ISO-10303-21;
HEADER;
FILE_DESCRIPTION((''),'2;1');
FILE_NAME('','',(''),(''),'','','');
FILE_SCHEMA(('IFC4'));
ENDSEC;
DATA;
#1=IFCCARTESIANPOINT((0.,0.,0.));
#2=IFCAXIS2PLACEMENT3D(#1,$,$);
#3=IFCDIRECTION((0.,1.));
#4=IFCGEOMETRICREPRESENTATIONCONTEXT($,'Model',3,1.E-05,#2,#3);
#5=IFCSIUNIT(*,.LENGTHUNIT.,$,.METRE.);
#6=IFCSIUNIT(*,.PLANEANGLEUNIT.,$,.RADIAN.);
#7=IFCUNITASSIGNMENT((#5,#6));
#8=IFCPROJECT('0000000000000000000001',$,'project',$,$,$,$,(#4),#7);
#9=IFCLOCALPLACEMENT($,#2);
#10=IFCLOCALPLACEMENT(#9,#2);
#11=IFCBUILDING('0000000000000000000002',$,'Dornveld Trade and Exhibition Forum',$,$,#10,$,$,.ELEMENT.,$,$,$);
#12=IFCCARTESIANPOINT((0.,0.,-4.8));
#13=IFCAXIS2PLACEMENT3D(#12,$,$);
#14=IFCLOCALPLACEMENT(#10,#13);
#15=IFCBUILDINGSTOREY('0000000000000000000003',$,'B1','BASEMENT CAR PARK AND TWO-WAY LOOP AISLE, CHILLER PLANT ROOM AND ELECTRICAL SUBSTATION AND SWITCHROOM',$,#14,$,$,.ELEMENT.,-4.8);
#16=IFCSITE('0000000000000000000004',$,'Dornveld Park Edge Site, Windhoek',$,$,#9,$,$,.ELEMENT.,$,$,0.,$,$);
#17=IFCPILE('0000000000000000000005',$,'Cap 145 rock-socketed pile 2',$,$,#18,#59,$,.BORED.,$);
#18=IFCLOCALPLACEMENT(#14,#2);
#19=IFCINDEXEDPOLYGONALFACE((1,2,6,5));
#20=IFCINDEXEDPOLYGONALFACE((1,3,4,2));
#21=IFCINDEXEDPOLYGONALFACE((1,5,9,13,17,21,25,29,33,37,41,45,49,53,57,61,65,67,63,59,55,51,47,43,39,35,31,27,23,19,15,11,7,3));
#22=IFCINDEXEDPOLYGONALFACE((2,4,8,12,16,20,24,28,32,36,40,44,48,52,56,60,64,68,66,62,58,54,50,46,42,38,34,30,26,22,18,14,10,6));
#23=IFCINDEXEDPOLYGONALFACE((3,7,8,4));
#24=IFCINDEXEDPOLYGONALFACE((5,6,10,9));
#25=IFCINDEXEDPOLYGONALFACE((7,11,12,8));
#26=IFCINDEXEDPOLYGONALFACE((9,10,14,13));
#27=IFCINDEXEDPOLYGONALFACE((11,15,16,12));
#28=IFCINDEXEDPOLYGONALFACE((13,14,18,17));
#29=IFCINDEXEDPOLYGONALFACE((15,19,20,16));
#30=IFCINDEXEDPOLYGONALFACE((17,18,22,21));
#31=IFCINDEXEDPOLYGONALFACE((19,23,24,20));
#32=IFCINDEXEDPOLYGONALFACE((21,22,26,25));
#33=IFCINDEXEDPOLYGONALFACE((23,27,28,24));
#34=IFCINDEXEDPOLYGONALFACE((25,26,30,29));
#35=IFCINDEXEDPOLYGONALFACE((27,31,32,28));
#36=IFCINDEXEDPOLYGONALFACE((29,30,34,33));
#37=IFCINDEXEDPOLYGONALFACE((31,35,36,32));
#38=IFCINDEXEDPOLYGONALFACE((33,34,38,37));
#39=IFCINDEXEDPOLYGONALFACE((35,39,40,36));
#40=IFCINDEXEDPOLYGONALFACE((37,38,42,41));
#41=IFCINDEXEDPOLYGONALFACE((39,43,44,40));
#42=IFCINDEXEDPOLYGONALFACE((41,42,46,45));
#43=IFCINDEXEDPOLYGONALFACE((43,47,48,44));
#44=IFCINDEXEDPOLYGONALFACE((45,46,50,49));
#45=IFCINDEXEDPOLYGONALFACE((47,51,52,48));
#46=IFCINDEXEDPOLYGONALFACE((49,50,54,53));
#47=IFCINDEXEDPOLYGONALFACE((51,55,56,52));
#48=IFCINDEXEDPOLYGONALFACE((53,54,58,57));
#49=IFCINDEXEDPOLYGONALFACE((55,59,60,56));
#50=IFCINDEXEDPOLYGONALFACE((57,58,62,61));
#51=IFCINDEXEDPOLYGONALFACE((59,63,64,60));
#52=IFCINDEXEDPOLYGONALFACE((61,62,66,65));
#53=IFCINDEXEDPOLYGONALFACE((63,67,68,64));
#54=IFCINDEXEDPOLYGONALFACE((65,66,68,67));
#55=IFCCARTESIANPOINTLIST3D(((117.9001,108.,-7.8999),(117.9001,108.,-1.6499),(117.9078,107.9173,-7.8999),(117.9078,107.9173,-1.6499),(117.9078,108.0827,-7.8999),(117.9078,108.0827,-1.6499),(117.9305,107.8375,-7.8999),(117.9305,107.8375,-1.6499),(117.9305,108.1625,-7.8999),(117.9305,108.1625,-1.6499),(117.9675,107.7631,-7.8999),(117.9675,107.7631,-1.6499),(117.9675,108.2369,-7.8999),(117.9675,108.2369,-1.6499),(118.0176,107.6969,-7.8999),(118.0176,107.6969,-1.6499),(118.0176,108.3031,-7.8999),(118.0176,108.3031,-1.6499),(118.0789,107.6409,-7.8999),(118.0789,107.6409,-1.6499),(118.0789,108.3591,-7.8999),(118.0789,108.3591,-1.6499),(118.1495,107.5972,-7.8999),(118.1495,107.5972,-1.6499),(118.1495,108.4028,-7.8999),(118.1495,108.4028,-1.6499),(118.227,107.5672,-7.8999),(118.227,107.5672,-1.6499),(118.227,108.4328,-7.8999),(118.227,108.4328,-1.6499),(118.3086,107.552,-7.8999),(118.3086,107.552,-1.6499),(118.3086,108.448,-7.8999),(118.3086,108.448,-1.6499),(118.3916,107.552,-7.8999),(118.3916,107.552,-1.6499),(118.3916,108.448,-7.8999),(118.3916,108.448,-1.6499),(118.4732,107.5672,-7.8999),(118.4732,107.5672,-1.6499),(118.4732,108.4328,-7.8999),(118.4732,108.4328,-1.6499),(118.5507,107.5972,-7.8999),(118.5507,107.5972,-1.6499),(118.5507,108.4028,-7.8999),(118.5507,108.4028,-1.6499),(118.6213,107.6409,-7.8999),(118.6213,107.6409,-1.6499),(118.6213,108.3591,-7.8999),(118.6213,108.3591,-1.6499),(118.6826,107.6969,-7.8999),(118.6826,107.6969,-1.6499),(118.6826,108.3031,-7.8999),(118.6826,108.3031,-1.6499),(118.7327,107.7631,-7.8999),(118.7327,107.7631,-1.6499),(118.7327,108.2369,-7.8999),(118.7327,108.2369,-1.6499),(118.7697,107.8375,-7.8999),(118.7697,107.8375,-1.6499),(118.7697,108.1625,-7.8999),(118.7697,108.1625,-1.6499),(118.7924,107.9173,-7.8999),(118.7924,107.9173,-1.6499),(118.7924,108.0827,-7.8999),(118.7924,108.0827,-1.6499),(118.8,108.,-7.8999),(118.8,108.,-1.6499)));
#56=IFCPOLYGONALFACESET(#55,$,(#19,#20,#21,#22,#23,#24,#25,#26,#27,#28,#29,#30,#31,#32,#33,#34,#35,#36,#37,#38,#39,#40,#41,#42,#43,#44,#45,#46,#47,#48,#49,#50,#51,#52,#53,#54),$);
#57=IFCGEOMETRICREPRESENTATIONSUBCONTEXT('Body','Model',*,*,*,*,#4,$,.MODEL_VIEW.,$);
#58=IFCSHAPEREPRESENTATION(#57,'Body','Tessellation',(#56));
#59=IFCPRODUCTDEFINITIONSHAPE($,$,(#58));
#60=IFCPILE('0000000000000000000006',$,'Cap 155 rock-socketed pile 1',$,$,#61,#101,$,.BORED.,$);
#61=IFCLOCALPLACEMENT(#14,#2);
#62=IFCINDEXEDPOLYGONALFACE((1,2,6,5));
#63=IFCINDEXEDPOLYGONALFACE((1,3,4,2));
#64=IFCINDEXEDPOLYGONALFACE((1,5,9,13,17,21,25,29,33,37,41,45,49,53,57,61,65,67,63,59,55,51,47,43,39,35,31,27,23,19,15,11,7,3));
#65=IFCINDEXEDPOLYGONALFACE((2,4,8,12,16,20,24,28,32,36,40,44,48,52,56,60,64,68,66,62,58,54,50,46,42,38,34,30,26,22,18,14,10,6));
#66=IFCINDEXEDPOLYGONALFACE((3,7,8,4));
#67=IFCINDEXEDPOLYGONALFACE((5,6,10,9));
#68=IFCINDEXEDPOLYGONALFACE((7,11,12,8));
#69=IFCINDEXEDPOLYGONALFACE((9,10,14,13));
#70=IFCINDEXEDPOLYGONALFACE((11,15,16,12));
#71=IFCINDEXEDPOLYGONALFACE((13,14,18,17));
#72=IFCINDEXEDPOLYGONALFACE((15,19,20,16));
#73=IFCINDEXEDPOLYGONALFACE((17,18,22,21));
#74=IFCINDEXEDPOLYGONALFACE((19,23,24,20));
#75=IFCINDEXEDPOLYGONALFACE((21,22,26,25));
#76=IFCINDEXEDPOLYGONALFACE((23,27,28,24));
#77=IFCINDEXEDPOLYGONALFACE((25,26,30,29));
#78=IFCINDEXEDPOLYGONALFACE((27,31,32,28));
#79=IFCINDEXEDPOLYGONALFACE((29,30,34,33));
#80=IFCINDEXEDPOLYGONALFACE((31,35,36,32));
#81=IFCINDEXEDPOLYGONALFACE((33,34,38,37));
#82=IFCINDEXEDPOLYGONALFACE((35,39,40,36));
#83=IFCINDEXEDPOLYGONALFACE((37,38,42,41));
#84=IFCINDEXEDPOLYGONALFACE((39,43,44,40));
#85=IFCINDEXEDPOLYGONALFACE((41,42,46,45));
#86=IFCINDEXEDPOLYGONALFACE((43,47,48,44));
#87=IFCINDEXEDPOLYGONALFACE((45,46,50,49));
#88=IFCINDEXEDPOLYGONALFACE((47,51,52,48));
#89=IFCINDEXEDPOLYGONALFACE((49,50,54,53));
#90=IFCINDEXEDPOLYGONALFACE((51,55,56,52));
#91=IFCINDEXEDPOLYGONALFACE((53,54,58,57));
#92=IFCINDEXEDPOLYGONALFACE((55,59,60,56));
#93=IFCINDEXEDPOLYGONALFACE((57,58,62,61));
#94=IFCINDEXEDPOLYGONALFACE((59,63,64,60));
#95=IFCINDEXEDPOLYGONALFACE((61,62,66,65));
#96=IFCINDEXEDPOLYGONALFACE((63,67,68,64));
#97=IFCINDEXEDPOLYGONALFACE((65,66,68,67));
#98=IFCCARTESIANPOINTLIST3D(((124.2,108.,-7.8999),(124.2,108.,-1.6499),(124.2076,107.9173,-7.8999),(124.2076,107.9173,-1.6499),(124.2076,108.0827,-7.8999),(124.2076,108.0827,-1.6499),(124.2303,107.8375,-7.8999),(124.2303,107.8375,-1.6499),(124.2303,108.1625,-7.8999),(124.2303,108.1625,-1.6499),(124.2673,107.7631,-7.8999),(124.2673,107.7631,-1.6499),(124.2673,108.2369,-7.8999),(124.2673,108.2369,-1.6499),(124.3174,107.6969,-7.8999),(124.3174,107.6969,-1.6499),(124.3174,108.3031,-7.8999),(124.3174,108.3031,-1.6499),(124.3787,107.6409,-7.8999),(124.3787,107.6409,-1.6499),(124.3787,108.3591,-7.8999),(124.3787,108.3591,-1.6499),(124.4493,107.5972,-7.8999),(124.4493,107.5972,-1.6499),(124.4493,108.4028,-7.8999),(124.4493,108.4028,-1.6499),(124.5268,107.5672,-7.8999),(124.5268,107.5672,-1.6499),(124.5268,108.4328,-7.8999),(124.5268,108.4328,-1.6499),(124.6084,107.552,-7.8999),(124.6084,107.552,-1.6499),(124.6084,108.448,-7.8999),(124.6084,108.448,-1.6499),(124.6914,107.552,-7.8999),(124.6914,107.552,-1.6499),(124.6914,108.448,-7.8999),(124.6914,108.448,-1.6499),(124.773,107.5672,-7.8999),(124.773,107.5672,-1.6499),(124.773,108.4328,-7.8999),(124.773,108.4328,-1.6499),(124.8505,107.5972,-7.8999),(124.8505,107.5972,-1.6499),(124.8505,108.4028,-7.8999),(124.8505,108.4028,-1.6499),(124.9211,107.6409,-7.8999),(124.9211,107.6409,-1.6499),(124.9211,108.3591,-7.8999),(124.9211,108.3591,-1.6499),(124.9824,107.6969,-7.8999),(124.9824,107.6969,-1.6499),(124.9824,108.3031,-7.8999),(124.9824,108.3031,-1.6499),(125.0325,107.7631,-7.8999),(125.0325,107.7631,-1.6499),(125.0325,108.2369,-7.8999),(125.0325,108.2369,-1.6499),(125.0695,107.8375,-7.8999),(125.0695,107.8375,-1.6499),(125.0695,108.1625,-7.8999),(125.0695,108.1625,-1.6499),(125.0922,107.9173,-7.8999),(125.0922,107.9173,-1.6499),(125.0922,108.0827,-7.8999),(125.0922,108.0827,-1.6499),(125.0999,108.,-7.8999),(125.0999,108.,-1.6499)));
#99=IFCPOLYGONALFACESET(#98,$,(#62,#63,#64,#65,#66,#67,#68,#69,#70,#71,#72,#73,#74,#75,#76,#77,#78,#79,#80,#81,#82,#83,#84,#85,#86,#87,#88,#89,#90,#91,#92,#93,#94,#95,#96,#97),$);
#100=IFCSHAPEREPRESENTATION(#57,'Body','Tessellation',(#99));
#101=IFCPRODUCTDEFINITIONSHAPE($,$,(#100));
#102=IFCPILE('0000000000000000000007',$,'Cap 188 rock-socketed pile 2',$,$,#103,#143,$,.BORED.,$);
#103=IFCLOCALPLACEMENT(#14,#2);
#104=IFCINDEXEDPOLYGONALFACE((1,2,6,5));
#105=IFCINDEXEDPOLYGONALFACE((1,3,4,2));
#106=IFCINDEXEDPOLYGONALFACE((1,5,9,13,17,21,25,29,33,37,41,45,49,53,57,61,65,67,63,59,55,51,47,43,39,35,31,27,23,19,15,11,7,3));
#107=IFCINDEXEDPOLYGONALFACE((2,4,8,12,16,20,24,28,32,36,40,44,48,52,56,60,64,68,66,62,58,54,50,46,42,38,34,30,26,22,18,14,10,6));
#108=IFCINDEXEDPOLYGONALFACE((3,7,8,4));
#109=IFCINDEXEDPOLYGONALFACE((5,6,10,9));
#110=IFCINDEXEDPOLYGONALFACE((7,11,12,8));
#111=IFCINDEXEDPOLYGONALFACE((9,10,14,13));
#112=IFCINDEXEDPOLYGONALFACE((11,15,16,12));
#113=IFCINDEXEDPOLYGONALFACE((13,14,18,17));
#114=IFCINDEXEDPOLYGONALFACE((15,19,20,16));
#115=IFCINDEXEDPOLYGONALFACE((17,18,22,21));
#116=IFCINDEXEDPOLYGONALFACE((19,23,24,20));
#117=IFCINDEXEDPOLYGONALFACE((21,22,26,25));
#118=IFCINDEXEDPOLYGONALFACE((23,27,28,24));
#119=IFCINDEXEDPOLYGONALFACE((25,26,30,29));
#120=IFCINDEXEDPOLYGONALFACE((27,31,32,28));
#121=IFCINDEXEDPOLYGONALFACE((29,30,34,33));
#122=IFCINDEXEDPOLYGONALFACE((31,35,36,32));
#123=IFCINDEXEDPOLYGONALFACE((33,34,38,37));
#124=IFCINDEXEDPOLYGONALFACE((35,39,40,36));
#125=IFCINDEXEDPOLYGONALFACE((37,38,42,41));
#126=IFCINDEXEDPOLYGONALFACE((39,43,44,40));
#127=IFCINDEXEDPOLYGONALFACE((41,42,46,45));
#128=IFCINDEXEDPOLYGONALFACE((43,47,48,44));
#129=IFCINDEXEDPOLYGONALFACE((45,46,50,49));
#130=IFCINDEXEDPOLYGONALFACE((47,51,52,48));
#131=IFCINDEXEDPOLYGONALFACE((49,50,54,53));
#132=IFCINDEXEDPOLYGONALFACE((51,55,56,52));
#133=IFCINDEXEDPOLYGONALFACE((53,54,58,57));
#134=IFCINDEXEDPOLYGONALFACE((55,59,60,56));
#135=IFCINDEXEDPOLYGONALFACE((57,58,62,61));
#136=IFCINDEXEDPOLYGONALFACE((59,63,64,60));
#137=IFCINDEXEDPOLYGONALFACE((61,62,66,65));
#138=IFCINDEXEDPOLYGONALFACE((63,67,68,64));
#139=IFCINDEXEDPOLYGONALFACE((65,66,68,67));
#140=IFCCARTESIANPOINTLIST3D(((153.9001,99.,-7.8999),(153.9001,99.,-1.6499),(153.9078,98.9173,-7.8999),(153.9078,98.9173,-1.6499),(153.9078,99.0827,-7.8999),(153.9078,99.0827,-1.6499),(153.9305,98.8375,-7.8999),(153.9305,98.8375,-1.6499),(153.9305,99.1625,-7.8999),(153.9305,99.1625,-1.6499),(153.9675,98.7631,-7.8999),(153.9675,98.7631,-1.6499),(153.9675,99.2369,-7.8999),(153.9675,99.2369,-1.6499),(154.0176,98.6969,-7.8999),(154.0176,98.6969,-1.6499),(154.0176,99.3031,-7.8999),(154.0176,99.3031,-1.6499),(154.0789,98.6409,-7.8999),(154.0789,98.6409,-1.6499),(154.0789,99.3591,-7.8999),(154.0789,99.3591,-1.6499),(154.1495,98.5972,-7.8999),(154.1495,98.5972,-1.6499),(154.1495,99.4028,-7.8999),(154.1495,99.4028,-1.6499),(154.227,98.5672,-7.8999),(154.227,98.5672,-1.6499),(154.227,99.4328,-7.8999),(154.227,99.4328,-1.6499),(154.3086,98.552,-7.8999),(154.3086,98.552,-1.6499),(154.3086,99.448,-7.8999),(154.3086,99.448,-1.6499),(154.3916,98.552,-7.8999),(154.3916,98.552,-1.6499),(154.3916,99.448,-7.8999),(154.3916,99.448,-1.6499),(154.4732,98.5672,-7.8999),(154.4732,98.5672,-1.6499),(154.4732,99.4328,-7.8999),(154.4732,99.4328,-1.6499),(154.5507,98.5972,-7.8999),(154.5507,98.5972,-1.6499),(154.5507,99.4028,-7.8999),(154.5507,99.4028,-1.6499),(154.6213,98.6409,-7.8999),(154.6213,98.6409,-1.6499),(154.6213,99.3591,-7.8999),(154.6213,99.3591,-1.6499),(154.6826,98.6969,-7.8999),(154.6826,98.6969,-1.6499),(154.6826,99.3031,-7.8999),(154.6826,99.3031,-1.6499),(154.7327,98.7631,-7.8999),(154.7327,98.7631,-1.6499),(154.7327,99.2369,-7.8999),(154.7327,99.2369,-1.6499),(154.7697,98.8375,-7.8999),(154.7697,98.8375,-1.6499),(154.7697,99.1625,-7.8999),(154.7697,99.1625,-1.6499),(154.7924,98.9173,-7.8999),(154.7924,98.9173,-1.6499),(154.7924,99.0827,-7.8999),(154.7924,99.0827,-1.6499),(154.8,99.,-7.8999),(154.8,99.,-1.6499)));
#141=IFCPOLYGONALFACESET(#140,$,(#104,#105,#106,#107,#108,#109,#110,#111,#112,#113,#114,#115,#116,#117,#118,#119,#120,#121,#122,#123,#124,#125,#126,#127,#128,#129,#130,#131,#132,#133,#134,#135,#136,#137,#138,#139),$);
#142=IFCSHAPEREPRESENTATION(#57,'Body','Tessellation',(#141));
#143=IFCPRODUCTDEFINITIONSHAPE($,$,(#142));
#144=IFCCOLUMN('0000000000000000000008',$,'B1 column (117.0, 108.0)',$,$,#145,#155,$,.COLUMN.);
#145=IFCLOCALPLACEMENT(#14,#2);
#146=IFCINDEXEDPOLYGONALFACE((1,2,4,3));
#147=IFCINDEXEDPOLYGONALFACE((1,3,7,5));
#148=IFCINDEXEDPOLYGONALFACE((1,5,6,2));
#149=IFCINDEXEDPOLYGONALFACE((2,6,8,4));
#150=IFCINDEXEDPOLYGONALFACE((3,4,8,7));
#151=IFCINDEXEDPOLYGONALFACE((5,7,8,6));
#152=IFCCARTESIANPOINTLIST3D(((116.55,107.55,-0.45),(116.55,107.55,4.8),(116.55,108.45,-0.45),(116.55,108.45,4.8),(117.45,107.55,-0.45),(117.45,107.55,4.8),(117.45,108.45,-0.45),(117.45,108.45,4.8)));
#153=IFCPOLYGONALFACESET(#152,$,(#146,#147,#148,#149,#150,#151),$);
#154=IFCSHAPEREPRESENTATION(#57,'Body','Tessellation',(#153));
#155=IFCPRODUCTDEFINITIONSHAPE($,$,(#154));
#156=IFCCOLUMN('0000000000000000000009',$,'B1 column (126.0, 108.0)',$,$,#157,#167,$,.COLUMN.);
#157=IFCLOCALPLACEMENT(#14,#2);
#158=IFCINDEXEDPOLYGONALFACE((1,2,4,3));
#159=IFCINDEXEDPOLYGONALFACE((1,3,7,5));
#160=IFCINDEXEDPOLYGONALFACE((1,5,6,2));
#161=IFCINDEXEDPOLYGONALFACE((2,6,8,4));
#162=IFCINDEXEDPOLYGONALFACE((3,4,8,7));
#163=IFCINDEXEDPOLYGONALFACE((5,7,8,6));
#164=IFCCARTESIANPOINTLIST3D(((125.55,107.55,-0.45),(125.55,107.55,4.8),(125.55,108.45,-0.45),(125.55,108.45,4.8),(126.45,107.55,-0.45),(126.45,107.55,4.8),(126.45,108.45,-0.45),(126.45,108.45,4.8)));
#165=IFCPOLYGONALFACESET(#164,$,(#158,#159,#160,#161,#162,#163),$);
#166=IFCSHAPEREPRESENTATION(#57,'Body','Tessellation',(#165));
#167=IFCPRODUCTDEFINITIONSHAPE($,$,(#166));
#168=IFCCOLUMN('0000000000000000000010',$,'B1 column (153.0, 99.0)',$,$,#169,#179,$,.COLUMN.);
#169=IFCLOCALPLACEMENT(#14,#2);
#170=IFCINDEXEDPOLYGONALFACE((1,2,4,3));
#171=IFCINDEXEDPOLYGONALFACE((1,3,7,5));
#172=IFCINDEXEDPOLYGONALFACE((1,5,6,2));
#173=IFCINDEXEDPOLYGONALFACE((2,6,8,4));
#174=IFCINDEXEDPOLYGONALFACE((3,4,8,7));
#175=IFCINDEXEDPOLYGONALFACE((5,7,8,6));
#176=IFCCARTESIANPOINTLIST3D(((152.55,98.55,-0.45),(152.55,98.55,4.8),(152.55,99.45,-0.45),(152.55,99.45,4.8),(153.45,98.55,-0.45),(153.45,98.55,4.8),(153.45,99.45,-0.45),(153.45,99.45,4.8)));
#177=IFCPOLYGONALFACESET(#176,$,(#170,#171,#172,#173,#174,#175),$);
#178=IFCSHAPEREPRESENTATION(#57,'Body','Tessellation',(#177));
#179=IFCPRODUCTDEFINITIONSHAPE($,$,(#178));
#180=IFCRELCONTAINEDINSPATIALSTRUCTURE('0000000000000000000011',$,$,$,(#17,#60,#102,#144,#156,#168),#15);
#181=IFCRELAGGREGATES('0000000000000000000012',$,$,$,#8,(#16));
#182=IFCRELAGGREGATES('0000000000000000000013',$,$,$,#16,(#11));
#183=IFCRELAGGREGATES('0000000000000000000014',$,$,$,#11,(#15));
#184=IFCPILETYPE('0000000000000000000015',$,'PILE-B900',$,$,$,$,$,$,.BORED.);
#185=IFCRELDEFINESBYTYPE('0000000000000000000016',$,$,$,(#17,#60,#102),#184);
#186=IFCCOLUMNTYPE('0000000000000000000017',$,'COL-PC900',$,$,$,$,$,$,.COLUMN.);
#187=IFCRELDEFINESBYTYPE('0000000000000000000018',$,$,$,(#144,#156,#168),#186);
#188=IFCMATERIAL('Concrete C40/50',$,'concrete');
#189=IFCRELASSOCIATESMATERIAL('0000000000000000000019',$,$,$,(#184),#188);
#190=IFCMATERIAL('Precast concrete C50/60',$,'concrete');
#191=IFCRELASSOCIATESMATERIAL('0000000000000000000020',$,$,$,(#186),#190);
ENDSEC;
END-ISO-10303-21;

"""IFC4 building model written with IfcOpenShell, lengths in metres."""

from ifc_helpers import new_model, si_unit, direction, frame, origin, origin_2d, place, context, subcontext, project, spatial, rectangle, circle, extrude, material, material_profile, profile_set, type_object, element, save


model = new_model("IFC4")

# Units and contexts
model_context = context("Model", 3, precision=1e-05, world=origin(), true_north=direction((0.0, 1.0)))
body_context = subcontext(model_context, "Body", "Model", "MODEL_VIEW")
ifc_project = project(units=[si_unit("LENGTHUNIT", "METRE"), si_unit("PLANEANGLEUNIT", "RADIAN")], contexts=[model_context])

# Site, building, storey
site_placement = place(None, origin())
site = spatial("IfcSite", under=ifc_project, at=site_placement, Name="Dornveld Park Edge Site, Windhoek", CompositionType="ELEMENT", RefElevation=0.0)
building_placement = place(site_placement, origin())
building = spatial("IfcBuilding", under=site, at=building_placement, Name="Dornveld Trade and Exhibition Forum", CompositionType="ELEMENT")
storey_placement = place(building_placement, frame((0.0, 0.0, -4.8)))
storey = spatial("IfcBuildingStorey", under=building, at=storey_placement, Name="B1", Description="BASEMENT CAR PARK AND TWO-WAY LOOP AISLE, CHILLER PLANT ROOM AND ELECTRICAL SUBSTATION AND SWITCHROOM", CompositionType="ELEMENT", Elevation=-4.8)

# Piles
ifc_material_1 = material(Name="Concrete C40/50", Category="concrete")
ifc_material_profile_1 = material_profile(ifc_material_1, circle(Radius=0.45, at=origin_2d()), Name="PILE D900")
ifc_profile_set_1 = profile_set([ifc_material_profile_1], Name="Concrete C40/50")
pile_type_1 = type_object("IfcPileType", Name="PILE-B900", PredefinedType="BORED", material=ifc_profile_set_1)
for number, where, z_axis, x_axis, name in (
    (1, (118.3501, 108.0, -1.6499), (0.0, 0.0, -1.0), (1.0, 0.0, 0.0), "Cap 145 rock-socketed pile 2"),
    (2, (124.6499, 108.0, -1.6499), (0.0, 0.0, -1.0), (1.0, 0.0, 0.0), "Cap 155 rock-socketed pile 1"),
    (3, (154.3501, 99.0, -1.6499), (0.0, 0.0, -1.0), (1.0, 0.0, 0.0), "Cap 188 rock-socketed pile 2"),
):
    element("IfcPile", number, at=place(storey_placement, frame(where, z_axis=z_axis, x_axis=x_axis)), inside=storey, type_object=pile_type_1, Name=name, PredefinedType="BORED", context=body_context, shape_type="SweptSolid", body=[
        extrude(circle(Radius=0.45, at=origin_2d()), origin(), (0.0, 0.0, 1.0), 6.25),
    ])

# Columns
ifc_material_2 = material(Name="Precast concrete C50/60", Category="concrete")
ifc_material_profile_2 = material_profile(ifc_material_2, rectangle(XDim=0.8999, YDim=0.8999, at=origin_2d()), Name="PC-COL 900x900")
ifc_profile_set_2 = profile_set([ifc_material_profile_2], Name="Precast concrete C50/60")
column_type = type_object("IfcColumnType", Name="COL-PC900", PredefinedType="COLUMN", material=ifc_profile_set_2)
for number, where, z_axis, x_axis, name in (
    (4, (117.0, 108.0, -0.45), (0.0, 0.0, 1.0), (1.0, 0.0, 0.0), "B1 column (117.0, 108.0)"),
    (5, (126.0, 108.0, -0.45), (0.0, 0.0, 1.0), (1.0, 0.0, 0.0), "B1 column (126.0, 108.0)"),
    (6, (153.0, 99.0, -0.45), (0.0, 0.0, 1.0), (1.0, 0.0, 0.0), "B1 column (153.0, 99.0)"),
):
    element("IfcColumn", number, at=place(storey_placement, frame(where, z_axis=z_axis, x_axis=x_axis)), inside=storey, type_object=column_type, Name=name, PredefinedType="COLUMN", context=body_context, shape_type="SweptSolid", body=[
        extrude(rectangle(XDim=0.8999, YDim=0.8999, at=origin_2d()), origin(), (0.0, 0.0, 1.0), 5.25),
    ])

save(model, "model.ifc")
